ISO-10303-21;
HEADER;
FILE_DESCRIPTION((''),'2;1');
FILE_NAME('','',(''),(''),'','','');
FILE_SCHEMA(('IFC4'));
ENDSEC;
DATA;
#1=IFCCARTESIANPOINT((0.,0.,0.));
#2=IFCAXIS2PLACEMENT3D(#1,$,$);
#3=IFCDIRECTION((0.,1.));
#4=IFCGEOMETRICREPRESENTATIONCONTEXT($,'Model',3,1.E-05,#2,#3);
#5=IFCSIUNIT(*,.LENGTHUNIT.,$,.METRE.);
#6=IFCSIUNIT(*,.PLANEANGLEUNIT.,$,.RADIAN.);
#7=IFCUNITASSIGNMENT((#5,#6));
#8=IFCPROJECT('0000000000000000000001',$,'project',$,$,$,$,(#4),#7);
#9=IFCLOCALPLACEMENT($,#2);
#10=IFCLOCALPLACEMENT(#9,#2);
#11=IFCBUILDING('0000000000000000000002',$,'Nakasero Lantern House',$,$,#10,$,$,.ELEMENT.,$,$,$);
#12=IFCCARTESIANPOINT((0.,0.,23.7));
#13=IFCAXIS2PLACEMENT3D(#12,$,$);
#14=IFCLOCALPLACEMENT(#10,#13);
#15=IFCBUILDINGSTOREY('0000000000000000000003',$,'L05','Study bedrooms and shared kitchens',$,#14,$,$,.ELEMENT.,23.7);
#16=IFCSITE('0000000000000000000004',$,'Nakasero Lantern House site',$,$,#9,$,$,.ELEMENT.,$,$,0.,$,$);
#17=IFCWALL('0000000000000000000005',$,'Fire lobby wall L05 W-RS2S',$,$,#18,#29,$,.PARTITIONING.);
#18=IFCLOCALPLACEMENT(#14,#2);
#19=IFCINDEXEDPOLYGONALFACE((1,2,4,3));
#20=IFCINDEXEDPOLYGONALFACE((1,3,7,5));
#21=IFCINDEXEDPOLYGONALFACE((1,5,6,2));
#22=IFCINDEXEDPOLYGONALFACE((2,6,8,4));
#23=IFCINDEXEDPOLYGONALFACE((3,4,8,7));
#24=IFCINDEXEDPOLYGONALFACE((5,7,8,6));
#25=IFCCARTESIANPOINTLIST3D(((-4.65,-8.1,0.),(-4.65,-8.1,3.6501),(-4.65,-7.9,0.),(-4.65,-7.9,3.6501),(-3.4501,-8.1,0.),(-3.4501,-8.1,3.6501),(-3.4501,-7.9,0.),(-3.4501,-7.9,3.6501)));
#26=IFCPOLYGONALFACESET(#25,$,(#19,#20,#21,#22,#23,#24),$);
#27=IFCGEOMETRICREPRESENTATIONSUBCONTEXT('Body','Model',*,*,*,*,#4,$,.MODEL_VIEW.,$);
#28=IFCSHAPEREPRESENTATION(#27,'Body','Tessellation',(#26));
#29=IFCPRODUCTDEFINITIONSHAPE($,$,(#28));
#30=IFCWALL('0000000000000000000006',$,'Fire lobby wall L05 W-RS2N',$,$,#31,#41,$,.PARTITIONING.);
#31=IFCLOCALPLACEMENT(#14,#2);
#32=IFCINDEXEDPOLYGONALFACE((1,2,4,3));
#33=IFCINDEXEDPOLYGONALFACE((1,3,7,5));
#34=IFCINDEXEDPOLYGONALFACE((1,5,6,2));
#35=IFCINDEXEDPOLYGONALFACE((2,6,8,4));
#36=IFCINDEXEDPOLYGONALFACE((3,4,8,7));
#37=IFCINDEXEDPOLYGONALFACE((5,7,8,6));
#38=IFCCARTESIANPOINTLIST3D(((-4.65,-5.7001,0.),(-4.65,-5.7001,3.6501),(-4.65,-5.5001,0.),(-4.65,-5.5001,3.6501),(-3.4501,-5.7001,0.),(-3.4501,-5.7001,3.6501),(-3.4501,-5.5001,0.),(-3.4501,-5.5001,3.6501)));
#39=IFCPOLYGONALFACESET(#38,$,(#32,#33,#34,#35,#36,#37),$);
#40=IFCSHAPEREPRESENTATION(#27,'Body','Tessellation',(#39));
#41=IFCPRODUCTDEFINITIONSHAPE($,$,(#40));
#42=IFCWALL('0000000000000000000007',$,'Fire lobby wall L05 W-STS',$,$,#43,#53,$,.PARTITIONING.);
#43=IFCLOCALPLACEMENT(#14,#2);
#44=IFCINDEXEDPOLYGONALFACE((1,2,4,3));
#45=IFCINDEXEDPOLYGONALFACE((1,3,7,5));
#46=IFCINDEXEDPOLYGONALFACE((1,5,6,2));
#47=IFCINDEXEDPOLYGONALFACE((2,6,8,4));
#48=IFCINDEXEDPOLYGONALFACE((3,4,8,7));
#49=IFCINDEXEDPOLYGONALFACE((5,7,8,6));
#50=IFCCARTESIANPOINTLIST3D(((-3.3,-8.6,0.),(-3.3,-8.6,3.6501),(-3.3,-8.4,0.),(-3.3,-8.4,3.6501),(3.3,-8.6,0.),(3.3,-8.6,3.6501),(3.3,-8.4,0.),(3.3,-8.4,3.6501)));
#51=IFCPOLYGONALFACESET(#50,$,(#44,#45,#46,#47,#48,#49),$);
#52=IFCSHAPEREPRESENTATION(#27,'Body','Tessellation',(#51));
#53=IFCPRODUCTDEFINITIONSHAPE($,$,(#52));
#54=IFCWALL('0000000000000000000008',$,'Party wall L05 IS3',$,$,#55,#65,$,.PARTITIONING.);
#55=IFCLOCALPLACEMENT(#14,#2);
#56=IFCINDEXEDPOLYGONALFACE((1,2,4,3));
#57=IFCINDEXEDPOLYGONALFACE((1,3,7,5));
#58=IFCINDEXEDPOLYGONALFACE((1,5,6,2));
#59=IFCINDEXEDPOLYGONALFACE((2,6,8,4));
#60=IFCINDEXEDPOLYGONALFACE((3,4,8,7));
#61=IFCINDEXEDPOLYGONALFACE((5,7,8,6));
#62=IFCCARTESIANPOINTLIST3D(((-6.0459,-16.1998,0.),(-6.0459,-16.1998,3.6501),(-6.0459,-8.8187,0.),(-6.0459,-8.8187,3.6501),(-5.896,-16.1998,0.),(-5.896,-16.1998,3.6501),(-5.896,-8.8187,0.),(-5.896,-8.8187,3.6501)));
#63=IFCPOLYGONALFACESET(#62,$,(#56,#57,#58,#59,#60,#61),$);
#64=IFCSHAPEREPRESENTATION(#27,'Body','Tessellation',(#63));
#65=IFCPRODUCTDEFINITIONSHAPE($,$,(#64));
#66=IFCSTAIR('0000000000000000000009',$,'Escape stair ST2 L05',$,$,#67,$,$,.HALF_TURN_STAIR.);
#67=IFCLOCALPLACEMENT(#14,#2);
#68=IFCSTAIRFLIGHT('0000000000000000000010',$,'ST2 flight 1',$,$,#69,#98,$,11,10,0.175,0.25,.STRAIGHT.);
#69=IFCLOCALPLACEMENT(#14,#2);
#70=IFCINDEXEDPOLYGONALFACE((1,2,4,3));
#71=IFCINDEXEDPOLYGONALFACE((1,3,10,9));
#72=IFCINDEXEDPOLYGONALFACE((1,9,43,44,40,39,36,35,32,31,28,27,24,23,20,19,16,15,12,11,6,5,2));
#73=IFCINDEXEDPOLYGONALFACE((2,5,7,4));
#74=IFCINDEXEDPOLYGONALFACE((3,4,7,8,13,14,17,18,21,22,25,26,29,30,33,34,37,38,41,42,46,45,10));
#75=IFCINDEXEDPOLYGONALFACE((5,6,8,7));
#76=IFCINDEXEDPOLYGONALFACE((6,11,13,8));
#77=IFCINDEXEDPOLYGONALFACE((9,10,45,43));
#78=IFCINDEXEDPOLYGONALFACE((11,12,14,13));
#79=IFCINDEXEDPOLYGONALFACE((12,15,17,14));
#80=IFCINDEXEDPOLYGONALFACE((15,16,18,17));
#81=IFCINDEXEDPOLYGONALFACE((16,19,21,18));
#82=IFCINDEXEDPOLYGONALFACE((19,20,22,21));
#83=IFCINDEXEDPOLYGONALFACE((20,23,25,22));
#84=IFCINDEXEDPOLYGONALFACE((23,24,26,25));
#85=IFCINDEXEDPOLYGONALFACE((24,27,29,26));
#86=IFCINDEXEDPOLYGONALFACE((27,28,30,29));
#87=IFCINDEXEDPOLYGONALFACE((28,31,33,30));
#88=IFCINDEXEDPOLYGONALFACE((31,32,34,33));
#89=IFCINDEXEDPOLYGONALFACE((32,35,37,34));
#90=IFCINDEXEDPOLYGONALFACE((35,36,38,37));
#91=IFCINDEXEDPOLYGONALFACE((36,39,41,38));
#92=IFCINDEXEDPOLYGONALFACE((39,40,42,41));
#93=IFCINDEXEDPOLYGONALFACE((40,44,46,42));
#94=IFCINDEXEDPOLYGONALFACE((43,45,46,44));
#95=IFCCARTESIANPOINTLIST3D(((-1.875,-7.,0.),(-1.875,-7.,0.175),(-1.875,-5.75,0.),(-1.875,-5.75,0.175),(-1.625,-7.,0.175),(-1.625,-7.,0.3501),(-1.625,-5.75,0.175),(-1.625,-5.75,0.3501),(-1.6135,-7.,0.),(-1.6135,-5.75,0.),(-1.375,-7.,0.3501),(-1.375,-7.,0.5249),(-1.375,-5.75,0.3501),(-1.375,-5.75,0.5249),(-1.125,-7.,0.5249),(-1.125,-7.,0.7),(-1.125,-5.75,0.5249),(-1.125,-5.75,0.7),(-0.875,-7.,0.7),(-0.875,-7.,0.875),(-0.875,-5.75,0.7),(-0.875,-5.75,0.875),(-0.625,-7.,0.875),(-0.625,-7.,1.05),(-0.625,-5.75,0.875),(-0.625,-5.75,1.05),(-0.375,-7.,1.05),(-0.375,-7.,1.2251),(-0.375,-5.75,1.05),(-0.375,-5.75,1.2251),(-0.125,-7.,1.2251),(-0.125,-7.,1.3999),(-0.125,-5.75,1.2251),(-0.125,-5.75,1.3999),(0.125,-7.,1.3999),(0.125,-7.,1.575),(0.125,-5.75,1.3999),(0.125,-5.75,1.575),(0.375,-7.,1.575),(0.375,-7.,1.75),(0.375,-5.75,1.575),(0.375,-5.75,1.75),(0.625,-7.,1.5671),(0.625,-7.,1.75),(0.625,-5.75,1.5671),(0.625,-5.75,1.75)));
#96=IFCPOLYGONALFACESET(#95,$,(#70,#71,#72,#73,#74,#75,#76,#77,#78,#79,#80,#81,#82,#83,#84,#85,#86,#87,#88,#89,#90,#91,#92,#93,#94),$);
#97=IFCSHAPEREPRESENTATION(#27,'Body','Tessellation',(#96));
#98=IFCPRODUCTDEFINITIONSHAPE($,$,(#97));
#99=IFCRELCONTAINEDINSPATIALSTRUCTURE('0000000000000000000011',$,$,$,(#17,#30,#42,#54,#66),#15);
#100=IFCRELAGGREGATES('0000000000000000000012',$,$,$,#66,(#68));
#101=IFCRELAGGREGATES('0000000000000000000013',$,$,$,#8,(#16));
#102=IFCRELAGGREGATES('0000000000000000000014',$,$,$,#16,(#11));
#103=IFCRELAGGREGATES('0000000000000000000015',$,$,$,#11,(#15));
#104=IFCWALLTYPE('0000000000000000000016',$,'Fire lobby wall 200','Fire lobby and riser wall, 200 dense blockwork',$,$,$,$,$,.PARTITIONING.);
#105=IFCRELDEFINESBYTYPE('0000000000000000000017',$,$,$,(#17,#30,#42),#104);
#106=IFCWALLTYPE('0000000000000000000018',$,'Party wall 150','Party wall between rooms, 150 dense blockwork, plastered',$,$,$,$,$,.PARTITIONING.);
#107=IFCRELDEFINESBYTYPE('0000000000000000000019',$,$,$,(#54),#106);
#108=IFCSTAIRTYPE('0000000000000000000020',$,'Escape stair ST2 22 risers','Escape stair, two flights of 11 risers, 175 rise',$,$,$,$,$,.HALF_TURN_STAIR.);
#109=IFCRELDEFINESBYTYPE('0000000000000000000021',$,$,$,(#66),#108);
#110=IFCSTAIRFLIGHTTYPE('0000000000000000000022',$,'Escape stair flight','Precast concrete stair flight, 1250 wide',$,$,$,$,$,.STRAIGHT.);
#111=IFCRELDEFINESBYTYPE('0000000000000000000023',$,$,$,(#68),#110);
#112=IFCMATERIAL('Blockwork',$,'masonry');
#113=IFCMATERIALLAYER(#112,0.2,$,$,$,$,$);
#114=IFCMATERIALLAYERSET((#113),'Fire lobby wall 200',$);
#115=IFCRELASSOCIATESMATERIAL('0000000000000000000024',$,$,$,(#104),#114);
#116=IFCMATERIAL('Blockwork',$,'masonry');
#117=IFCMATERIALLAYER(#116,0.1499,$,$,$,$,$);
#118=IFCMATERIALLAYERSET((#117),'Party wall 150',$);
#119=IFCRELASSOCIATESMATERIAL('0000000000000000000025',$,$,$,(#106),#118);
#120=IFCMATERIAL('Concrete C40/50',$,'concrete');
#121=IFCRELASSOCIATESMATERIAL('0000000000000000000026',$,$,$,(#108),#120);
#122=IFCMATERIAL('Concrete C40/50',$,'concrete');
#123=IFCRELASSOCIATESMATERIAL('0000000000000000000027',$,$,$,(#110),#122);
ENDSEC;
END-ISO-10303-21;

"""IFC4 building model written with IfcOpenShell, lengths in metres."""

from ifc_helpers import new_model, si_unit, direction, frame, frame_2d, origin, place, context, subcontext, project, spatial, polyline, rectangle, outline, extrude, material, layer, layer_set, type_object, element, aggregate, save


model = new_model("IFC4")

# Units and contexts
model_context = context("Model", 3, precision=1e-05, world=origin(), true_north=direction((0.0, 1.0)))
body_context = subcontext(model_context, "Body", "Model", "MODEL_VIEW")
ifc_project = project(units=[si_unit("LENGTHUNIT", "METRE"), si_unit("PLANEANGLEUNIT", "RADIAN")], contexts=[model_context])

# Site, building, storey
site_placement = place(None, origin())
site = spatial("IfcSite", under=ifc_project, at=site_placement, Name="Nakasero Lantern House site", CompositionType="ELEMENT", RefElevation=0.0)
building_placement = place(site_placement, origin())
building = spatial("IfcBuilding", under=site, at=building_placement, Name="Nakasero Lantern House", CompositionType="ELEMENT")
storey_placement = place(building_placement, frame((0.0, 0.0, 23.7)))
storey = spatial("IfcBuildingStorey", under=building, at=storey_placement, Name="L05", Description="Study bedrooms and shared kitchens", CompositionType="ELEMENT", Elevation=23.7)

# Shared definitions
ifc_material_1 = material(Name="Blockwork", Category="masonry")
ifc_layer_1 = layer(ifc_material_1, 0.2)
ifc_layer_set_1 = layer_set([ifc_layer_1], Name="Fire lobby wall 200")
wall_type_1 = type_object("IfcWallType", Name="Fire lobby wall 200", Description="Fire lobby and riser wall, 200 dense blockwork", PredefinedType="PARTITIONING", material=ifc_layer_set_1)

# Walls
for number, where, z_axis, x_axis, name in (
    (1, (-3.45, -8.0, 0.0), (0.0, 0.0, 1.0), (-1.0, 0.0, 0.0), "Fire lobby wall L05 W-RS2S"),
    (2, (-3.45, -5.6001, 0.0), (0.0, 0.0, 1.0), (-1.0, 0.0, 0.0), "Fire lobby wall L05 W-RS2N"),
):
    element("IfcWall", number, at=place(storey_placement, frame(where, z_axis=z_axis, x_axis=x_axis)), inside=storey, type_object=wall_type_1, Name=name, PredefinedType="PARTITIONING", context=body_context, shape_type="SweptSolid", body=[
        extrude(rectangle(XDim=1.2, YDim=0.2, at=frame_2d((0.6001, 0.0))), origin(), (0.0, 0.0, 1.0), 3.6501),
    ])
wall_1_placement = place(storey_placement, frame((-3.3, -8.5, 0.0), z_axis=(0.0, 0.0, 1.0), x_axis=(1.0, 0.0, 0.0)))
element("IfcWall", 3, at=wall_1_placement, inside=storey, type_object=wall_type_1, Name="Fire lobby wall L05 W-STS", PredefinedType="PARTITIONING", context=body_context, shape_type="SweptSolid", body=[
    extrude(rectangle(XDim=6.6001, YDim=0.2, at=frame_2d((3.3, 0.0))), origin(), (0.0, 0.0, 1.0), 3.6501),
])
ifc_material_2 = material(Name="Blockwork", Category="masonry")
ifc_layer_2 = layer(ifc_material_2, 0.1499)
ifc_layer_set_2 = layer_set([ifc_layer_2], Name="Party wall 150")
wall_type_2 = type_object("IfcWallType", Name="Party wall 150", Description="Party wall between rooms, 150 dense blockwork, plastered", PredefinedType="PARTITIONING", material=ifc_layer_set_2)
wall_2_placement = place(storey_placement, frame((-5.9709, -8.8188, 0.0), z_axis=(0.0, 0.0, 1.0), x_axis=(0.0, -1.0, 0.0)))
element("IfcWall", 4, at=wall_2_placement, inside=storey, type_object=wall_type_2, Name="Party wall L05 IS3", PredefinedType="PARTITIONING", context=body_context, shape_type="SweptSolid", body=[
    extrude(rectangle(XDim=7.3811, YDim=0.1499, at=frame_2d((3.6904, 0.0))), origin(), (0.0, 0.0, 1.0), 3.6501),
])

# Stair, stair flight
ifc_material_3 = material(Name="Concrete C40/50", Category="concrete")
stair_type = type_object("IfcStairType", Name="Escape stair ST2 22 risers", Description="Escape stair, two flights of 11 risers, 175 rise", PredefinedType="HALF_TURN_STAIR", material=ifc_material_3)
stair_placement = place(storey_placement, origin())
stair = element("IfcStair", 5, at=stair_placement, inside=storey, type_object=stair_type, Name="Escape stair ST2 L05", PredefinedType="HALF_TURN_STAIR")
ifc_material_4 = material(Name="Concrete C40/50", Category="concrete")
stair_flight_type = type_object("IfcStairFlightType", Name="Escape stair flight", Description="Precast concrete stair flight, 1250 wide", PredefinedType="STRAIGHT", material=ifc_material_4)
stair_flight_placement = place(storey_placement, frame((-1.875, -6.375, 0.0), z_axis=(0.0, 0.0, 1.0), x_axis=(1.0, 0.0, 0.0)))
stair_flight = element("IfcStairFlight", 6, at=stair_flight_placement, type_object=stair_flight_type, Name="ST2 flight 1", NumberOfRisers=11, NumberOfTreads=10, PredefinedType="STRAIGHT", RiserHeight=0.175, TreadLength=0.25, context=body_context, shape_type="SweptSolid", body=[
    extrude(outline(polyline([(0.0, 0.0), (0.0, 0.175), (0.25, 0.175), (0.25, 0.3501), (0.5, 0.3501), (0.5, 0.5249), (0.75, 0.5249), (0.75, 0.7), (1.0, 0.7), (1.0, 0.875), (1.25, 0.875), (1.25, 1.05), (1.5, 1.05), (1.5, 1.2251), (1.75, 1.2251), (1.75, 1.3999), (2.0, 1.3999), (2.0, 1.575), (2.25, 1.575), (2.25, 1.75), (2.5, 1.75), (2.5, 1.925), (2.5, 1.5671), (0.2615, 0.0), (0.0, 0.0)])), frame((0.0, 0.625, 0.0), z_axis=(0.0, -1.0, 0.0), x_axis=(1.0, 0.0, 0.0)), (0.0, 0.0, 1.0), 1.25),
])
aggregate(stair, [stair_flight])

save(model, "model.ifc")
